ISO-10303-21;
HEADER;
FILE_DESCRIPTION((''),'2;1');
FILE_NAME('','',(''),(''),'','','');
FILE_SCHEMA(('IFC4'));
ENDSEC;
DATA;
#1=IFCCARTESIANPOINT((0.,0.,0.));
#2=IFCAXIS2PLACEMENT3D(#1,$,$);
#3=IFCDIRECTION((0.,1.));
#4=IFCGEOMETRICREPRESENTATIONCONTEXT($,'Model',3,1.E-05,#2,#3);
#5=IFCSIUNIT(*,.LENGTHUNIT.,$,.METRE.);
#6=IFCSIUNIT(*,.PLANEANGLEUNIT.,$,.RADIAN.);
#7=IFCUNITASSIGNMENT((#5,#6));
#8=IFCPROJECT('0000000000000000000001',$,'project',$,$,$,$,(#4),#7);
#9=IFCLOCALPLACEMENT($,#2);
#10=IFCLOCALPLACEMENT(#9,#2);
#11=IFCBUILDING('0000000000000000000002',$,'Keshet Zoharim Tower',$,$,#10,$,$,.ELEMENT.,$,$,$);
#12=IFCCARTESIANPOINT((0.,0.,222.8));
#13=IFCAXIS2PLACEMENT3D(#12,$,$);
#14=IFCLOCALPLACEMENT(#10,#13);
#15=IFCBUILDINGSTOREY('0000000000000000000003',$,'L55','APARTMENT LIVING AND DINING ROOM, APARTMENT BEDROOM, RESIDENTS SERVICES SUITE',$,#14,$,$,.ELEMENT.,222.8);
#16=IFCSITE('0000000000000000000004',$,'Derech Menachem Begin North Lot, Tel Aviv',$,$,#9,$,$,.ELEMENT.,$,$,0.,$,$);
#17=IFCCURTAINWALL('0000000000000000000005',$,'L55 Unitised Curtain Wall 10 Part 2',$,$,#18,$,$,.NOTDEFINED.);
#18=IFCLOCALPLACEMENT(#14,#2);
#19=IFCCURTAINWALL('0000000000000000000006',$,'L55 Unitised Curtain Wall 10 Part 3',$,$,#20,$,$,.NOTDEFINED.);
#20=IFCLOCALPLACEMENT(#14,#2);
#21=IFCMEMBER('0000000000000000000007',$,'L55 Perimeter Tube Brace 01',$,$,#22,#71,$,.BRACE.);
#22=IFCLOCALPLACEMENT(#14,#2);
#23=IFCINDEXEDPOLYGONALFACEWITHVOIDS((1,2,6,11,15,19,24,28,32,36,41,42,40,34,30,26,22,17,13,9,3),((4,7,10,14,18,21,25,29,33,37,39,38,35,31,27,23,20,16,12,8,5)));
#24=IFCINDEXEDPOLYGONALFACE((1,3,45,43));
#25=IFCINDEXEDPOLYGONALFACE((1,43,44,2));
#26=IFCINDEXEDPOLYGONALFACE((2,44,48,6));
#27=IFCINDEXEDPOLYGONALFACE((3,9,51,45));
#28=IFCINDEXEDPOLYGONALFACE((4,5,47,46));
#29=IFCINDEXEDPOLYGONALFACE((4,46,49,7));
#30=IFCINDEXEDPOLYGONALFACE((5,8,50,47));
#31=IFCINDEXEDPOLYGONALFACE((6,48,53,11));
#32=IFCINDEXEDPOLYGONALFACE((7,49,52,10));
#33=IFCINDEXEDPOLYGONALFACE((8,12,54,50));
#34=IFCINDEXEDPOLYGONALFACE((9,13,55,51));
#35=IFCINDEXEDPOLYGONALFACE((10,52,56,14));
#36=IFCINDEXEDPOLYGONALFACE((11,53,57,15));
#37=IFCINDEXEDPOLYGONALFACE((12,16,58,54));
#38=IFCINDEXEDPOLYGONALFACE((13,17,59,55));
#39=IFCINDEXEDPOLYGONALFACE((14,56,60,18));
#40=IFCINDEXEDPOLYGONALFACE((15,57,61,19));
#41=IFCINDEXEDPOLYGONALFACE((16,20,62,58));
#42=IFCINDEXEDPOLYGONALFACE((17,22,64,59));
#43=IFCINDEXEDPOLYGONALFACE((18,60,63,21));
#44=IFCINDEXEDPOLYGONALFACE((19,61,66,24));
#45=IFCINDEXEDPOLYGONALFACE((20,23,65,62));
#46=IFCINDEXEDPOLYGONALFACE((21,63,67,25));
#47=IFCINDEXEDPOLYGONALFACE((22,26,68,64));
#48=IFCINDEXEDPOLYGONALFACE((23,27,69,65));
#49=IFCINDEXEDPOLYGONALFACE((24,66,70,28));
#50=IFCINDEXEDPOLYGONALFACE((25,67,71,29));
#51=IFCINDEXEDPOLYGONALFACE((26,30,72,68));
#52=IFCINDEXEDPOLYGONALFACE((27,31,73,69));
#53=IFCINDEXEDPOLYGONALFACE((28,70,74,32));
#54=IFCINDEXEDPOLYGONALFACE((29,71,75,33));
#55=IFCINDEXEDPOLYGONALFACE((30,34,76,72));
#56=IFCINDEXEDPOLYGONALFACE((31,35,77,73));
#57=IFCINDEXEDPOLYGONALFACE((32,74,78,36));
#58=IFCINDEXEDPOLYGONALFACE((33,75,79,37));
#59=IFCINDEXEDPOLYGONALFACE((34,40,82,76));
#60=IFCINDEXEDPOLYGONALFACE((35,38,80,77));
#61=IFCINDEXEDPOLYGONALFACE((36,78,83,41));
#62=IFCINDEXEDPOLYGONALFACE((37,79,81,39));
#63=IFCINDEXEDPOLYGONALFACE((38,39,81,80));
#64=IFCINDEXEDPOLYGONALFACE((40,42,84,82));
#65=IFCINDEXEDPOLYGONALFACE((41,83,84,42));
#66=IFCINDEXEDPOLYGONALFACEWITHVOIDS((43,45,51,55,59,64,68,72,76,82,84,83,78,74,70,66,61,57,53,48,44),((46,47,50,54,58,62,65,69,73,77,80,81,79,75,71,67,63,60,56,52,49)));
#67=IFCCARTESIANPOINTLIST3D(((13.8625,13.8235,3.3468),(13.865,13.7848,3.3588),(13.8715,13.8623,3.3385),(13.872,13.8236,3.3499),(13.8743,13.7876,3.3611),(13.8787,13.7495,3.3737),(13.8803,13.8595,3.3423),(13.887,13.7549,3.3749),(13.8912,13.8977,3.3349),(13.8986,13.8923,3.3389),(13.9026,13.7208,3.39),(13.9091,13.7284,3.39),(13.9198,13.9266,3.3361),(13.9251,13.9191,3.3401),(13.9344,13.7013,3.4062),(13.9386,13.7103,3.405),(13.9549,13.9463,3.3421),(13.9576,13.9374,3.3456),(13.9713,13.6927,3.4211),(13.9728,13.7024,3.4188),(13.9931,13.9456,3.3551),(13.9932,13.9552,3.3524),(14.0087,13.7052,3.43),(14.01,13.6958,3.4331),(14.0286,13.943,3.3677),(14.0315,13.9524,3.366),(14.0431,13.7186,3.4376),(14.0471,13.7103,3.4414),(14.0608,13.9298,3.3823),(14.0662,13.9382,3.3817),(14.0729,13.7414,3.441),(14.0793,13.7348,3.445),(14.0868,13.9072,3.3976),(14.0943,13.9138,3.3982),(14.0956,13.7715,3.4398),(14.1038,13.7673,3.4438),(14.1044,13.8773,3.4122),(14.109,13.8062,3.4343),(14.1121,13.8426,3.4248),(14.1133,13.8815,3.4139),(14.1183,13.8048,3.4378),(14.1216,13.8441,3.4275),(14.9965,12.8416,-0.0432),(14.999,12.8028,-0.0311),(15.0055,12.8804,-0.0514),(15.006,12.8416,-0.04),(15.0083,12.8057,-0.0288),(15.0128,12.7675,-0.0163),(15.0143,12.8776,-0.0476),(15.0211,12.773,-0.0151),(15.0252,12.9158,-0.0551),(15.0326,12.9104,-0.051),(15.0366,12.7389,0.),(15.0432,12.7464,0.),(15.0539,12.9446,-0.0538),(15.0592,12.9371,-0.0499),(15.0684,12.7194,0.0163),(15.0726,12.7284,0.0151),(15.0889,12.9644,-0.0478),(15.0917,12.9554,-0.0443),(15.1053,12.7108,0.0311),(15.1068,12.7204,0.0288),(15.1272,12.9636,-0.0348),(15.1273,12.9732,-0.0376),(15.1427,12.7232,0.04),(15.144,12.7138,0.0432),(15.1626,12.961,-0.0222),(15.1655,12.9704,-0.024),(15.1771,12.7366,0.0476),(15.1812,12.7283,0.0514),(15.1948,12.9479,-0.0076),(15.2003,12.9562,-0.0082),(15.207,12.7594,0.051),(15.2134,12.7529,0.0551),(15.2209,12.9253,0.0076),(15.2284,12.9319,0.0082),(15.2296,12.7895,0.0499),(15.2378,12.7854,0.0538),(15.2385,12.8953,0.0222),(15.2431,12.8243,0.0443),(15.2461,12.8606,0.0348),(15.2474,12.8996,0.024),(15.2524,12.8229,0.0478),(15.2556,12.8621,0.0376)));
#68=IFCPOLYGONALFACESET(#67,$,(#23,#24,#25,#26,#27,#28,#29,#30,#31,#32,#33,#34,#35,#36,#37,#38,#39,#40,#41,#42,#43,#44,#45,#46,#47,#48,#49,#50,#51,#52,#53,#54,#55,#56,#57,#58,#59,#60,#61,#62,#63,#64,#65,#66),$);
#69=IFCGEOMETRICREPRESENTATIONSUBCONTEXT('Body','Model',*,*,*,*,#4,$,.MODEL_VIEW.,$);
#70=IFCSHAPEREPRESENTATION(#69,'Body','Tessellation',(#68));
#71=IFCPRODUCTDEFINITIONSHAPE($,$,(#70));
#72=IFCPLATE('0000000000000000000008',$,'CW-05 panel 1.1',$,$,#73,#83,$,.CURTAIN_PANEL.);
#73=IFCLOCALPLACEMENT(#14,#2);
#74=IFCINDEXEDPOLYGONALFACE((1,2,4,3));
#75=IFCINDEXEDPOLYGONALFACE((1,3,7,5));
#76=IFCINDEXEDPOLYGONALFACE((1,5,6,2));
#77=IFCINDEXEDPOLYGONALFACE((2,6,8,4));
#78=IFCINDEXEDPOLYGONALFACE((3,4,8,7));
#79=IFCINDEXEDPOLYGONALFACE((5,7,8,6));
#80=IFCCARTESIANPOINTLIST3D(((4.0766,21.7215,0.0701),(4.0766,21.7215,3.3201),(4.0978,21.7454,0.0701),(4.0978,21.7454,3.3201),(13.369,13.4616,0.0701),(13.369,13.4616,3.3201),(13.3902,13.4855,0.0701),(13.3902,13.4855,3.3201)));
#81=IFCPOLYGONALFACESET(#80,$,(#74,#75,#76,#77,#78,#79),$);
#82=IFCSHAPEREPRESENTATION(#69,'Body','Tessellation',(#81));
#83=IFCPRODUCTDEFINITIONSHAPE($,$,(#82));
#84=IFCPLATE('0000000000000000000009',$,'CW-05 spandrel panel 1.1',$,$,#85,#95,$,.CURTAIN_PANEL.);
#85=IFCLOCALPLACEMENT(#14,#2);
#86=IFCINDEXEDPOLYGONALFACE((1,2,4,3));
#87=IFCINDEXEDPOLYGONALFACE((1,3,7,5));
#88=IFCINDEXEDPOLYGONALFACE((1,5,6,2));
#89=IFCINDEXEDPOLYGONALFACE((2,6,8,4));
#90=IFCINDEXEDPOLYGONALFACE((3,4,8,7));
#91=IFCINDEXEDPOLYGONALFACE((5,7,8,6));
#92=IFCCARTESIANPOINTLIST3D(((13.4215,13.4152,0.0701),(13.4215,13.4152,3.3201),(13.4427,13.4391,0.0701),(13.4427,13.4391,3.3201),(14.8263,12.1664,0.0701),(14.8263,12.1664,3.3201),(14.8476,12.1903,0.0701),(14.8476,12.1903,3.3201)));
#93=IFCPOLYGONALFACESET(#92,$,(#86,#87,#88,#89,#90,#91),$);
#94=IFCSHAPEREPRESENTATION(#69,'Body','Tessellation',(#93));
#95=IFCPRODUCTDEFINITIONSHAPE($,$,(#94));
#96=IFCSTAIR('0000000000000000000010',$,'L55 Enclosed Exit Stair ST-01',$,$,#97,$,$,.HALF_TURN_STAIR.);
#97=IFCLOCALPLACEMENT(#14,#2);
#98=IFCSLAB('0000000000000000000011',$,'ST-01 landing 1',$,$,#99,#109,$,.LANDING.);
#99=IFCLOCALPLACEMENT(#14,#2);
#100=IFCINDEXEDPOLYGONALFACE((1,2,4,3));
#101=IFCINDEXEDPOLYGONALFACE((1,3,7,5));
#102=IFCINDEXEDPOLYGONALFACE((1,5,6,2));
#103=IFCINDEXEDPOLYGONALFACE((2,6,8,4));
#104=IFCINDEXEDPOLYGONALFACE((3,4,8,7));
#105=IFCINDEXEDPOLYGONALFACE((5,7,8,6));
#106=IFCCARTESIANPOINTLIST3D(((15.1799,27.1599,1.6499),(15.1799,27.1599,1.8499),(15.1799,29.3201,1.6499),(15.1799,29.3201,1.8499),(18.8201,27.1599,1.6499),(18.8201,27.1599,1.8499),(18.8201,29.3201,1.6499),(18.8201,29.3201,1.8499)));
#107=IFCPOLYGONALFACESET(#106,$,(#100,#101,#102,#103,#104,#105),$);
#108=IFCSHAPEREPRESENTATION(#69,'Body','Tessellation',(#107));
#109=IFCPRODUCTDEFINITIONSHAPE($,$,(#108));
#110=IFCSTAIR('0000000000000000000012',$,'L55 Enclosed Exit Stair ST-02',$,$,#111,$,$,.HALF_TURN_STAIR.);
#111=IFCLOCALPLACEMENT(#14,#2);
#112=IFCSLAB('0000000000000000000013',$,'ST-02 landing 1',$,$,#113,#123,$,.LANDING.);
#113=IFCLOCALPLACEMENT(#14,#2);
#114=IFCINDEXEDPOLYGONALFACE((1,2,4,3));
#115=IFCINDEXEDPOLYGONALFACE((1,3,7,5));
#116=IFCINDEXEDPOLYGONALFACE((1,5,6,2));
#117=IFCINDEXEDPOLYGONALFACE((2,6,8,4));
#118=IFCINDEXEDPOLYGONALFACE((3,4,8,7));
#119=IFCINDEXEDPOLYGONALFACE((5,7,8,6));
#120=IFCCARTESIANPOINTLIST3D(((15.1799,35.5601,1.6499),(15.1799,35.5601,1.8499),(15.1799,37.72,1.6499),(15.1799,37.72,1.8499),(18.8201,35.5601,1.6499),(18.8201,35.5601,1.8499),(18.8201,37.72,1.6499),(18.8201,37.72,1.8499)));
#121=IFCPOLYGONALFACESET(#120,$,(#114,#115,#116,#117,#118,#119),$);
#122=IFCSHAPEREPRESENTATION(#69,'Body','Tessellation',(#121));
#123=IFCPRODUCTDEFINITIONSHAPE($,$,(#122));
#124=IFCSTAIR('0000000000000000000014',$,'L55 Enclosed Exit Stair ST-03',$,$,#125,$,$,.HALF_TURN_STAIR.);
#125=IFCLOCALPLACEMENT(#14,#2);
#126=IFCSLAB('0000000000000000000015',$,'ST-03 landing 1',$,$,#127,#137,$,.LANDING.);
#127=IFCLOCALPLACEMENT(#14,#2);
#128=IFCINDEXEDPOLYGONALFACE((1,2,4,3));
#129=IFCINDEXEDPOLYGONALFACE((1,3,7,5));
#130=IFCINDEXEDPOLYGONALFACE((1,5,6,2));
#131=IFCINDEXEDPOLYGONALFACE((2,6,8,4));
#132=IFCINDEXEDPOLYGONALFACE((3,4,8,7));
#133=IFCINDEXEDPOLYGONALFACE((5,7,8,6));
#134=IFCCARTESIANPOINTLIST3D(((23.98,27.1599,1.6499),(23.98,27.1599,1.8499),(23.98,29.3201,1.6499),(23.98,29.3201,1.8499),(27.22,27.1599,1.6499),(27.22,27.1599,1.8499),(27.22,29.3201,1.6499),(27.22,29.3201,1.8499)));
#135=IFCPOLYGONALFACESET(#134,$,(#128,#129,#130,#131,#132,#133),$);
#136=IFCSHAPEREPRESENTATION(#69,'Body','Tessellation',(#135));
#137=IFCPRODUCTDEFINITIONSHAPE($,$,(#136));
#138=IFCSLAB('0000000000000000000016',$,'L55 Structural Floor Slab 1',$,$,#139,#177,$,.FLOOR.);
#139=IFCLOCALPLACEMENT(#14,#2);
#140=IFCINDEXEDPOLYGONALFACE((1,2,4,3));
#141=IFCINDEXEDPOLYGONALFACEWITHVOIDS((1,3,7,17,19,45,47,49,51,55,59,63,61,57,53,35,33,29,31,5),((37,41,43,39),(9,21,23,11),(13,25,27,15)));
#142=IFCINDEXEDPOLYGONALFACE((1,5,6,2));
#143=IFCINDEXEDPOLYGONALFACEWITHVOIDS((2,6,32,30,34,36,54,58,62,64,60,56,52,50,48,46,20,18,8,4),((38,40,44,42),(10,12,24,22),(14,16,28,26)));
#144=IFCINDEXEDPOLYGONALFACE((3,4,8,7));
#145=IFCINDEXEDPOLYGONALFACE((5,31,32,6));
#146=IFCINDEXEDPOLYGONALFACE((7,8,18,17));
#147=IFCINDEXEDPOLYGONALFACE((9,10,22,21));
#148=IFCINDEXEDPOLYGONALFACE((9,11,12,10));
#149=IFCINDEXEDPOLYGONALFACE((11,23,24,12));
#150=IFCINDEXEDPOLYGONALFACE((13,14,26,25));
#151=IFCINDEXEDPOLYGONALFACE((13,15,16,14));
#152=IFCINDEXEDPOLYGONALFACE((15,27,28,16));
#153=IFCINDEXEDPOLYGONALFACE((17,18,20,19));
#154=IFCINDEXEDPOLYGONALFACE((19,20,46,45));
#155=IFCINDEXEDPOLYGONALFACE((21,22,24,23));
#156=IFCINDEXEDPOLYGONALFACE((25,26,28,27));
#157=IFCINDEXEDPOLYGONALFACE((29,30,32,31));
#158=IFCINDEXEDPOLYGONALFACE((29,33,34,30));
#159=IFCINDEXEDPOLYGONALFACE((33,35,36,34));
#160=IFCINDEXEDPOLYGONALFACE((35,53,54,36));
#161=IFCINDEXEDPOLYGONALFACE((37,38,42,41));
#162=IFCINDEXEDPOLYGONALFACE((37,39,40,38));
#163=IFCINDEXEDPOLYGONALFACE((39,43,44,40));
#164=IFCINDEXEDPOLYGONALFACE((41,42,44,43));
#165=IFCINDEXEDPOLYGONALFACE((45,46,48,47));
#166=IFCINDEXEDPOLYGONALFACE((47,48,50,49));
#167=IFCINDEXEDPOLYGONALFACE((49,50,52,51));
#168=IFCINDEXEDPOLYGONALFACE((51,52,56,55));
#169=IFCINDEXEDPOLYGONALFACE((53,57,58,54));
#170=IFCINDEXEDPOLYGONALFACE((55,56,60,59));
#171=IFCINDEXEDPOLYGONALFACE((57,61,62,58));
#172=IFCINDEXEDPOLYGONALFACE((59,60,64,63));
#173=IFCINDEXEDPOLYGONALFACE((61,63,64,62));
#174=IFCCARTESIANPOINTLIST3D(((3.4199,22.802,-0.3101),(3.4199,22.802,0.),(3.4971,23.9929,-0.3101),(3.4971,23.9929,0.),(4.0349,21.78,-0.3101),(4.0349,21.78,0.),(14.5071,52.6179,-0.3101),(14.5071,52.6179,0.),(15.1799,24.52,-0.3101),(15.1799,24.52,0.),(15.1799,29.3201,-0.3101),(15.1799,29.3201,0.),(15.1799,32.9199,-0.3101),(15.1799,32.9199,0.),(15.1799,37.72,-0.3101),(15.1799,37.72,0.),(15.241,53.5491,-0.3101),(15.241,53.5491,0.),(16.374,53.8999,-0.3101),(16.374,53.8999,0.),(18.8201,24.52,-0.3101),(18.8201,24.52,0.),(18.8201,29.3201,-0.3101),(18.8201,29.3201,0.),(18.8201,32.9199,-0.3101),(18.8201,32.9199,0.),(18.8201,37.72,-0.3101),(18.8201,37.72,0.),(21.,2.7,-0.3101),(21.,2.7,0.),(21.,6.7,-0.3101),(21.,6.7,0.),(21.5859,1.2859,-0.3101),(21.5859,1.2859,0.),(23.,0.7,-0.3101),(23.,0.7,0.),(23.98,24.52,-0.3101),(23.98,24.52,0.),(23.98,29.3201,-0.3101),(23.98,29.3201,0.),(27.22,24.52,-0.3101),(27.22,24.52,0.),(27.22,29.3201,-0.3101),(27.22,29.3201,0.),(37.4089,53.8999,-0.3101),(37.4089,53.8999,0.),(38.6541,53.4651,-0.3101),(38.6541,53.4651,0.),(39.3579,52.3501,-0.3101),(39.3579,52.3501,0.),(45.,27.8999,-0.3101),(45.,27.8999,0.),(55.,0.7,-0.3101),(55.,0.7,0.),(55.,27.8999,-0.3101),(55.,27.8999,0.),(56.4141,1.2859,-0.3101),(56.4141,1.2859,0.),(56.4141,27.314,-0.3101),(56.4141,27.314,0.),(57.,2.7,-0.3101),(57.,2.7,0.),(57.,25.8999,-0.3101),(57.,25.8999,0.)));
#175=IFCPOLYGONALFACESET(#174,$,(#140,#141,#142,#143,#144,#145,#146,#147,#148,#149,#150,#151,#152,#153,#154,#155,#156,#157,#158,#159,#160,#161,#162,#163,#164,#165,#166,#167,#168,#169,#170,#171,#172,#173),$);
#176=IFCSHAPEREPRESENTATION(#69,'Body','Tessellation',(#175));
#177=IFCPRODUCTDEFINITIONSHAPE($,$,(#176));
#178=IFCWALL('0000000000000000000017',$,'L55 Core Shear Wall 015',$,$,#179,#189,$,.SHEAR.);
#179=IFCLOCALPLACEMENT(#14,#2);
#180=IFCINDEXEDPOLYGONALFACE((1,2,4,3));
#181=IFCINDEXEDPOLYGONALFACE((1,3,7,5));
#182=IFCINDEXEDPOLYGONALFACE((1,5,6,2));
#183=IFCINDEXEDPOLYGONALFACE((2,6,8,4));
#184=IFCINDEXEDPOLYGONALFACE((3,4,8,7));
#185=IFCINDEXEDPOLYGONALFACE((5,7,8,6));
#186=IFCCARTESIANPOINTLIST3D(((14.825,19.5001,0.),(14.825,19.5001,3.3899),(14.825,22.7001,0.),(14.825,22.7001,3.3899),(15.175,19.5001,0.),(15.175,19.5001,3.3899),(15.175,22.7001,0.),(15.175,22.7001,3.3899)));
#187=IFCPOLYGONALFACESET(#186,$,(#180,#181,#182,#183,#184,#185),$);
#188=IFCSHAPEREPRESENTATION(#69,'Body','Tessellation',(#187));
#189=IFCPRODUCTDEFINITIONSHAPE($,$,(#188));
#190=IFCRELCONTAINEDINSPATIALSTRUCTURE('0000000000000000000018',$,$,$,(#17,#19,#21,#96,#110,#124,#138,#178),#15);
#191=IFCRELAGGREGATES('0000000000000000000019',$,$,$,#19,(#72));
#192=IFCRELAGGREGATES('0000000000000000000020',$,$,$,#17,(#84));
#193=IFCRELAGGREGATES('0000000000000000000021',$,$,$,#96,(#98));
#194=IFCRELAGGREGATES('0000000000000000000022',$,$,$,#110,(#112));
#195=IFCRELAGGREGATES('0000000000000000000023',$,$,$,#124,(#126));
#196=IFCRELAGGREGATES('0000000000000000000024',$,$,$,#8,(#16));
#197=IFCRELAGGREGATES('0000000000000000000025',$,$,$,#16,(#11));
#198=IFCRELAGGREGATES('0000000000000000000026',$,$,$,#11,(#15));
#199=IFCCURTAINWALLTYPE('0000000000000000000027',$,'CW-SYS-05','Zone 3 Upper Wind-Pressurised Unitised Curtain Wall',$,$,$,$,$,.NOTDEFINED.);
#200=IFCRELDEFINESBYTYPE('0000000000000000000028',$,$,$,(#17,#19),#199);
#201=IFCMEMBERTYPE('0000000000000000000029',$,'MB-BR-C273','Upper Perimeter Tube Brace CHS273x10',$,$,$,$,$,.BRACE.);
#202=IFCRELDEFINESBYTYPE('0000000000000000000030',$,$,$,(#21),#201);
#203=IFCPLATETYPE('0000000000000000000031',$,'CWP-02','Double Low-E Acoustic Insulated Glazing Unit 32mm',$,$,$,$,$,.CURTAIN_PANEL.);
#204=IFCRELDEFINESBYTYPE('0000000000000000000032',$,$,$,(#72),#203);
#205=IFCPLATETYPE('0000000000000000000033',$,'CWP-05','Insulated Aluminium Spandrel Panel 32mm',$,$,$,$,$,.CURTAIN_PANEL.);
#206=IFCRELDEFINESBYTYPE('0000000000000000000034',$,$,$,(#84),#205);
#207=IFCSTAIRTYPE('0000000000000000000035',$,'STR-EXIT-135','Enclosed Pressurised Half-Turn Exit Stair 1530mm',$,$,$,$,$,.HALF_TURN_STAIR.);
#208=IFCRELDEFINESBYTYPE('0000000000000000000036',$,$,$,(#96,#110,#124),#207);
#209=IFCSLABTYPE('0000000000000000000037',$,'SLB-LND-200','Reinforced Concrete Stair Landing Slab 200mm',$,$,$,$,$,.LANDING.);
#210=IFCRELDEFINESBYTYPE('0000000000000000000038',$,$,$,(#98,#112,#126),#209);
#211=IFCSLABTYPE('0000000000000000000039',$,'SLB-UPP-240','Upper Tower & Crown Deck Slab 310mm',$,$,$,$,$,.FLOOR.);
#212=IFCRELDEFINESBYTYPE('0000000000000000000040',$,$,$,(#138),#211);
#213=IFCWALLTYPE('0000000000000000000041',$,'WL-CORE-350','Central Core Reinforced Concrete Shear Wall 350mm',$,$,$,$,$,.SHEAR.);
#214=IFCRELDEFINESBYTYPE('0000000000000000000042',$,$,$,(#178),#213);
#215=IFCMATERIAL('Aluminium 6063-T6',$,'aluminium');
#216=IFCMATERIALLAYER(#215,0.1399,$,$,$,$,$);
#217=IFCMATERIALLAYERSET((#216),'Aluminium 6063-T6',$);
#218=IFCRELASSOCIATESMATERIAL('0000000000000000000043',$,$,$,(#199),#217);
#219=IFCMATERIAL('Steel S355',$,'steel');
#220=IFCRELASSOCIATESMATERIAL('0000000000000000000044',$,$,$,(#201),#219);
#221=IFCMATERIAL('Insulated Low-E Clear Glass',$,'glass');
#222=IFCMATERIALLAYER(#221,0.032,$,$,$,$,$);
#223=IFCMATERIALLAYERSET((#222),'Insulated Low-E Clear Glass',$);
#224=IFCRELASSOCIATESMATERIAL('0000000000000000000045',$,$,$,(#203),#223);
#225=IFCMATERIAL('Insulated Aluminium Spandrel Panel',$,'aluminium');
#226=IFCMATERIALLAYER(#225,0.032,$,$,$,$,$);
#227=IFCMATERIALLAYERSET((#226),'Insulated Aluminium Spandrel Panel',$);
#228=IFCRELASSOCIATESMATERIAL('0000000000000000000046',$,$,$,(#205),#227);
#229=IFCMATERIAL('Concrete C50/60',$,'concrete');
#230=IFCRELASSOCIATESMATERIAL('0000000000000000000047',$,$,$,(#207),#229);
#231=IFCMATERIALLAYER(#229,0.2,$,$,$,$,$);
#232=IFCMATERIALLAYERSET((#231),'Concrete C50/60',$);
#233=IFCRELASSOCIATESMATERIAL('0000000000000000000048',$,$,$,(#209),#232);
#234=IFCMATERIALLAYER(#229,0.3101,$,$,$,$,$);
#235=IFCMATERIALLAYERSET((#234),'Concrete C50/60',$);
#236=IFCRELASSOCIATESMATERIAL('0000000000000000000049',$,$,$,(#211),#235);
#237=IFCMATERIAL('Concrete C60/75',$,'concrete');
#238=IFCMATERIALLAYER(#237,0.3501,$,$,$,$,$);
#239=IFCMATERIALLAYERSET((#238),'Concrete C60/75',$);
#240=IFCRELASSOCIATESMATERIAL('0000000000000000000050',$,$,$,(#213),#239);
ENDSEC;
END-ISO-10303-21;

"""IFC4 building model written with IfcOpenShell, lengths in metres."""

from ifc_helpers import new_model, si_unit, direction, frame, frame_2d, origin, origin_2d, place, context, subcontext, project, spatial, polyline, rectangle, hollow_circle, outline, extrude, material, layer, layer_set, material_profile, profile_set, type_object, element, aggregate, save


model = new_model("IFC4")

# Units and contexts
model_context = context("Model", 3, precision=1e-05, world=origin(), true_north=direction((0.0, 1.0)))
body_context = subcontext(model_context, "Body", "Model", "MODEL_VIEW")
ifc_project = project(units=[si_unit("LENGTHUNIT", "METRE"), si_unit("PLANEANGLEUNIT", "RADIAN")], contexts=[model_context])

# Site, building, storey
site_placement = place(None, origin())
site = spatial("IfcSite", under=ifc_project, at=site_placement, Name="Derech Menachem Begin North Lot, Tel Aviv", CompositionType="ELEMENT", RefElevation=0.0)
building_placement = place(site_placement, origin())
building = spatial("IfcBuilding", under=site, at=building_placement, Name="Keshet Zoharim Tower", CompositionType="ELEMENT")
storey_placement = place(building_placement, frame((0.0, 0.0, 222.8)))
storey = spatial("IfcBuildingStorey", under=building, at=storey_placement, Name="L55", Description="APARTMENT LIVING AND DINING ROOM, APARTMENT BEDROOM, RESIDENTS SERVICES SUITE", CompositionType="ELEMENT", Elevation=222.8)

# Shared definitions
ifc_material_1 = material(Name="Steel S355", Category="steel")
ifc_material_2 = material(Name="Concrete C50/60", Category="concrete")

# Shared definitions
ifc_material_3 = material(Name="Aluminium 6063-T6", Category="aluminium")
ifc_layer_1 = layer(ifc_material_3, 0.1399)
ifc_layer_set_1 = layer_set([ifc_layer_1], Name="Aluminium 6063-T6")
curtain_wall_type = type_object("IfcCurtainWallType", Name="CW-SYS-05", Description="Zone 3 Upper Wind-Pressurised Unitised Curtain Wall", PredefinedType="NOTDEFINED", material=ifc_layer_set_1)

# Curtain walls
curtain_wall_1_placement = place(storey_placement, origin())
curtain_wall_1 = element("IfcCurtainWall", 1, at=curtain_wall_1_placement, inside=storey, type_object=curtain_wall_type, Name="L55 Unitised Curtain Wall 10 Part 2", PredefinedType="NOTDEFINED")
curtain_wall_2_placement = place(storey_placement, origin())
curtain_wall_2 = element("IfcCurtainWall", 2, at=curtain_wall_2_placement, inside=storey, type_object=curtain_wall_type, Name="L55 Unitised Curtain Wall 10 Part 3", PredefinedType="NOTDEFINED")

# Member
ifc_material_profile_1 = material_profile(ifc_material_1, hollow_circle(Radius=0.1365, WallThickness=0.01, at=origin_2d()), Name="CHS273x10")
ifc_profile_set_1 = profile_set([ifc_material_profile_1], Name="Steel S355")
member_type_1 = type_object("IfcMemberType", Name="MB-BR-C273", Description="Upper Perimeter Tube Brace CHS273x10", PredefinedType="BRACE", material=ifc_profile_set_1)
member_1_placement = place(storey_placement, frame((15.126, 12.842, 0.0), z_axis=(-0.30592, 0.264889, 0.914466), x_axis=(-0.65459, -0.755984, 0.0)))
element("IfcMember", 3, at=member_1_placement, inside=storey, type_object=member_type_1, Name="L55 Perimeter Tube Brace 01", PredefinedType="BRACE", context=body_context, shape_type="SweptSolid", body=[
    extrude(hollow_circle(Radius=0.1365, WallThickness=0.01, at=origin_2d()), origin(), (0.0, 0.0, 1.0), 3.707),
])

# Plates
ifc_material_4 = material(Name="Insulated Low-E Clear Glass", Category="glass")
ifc_layer_2 = layer(ifc_material_4, 0.032)
ifc_layer_set_2 = layer_set([ifc_layer_2], Name="Insulated Low-E Clear Glass")
plate_type_1 = type_object("IfcPlateType", Name="CWP-02", Description="Double Low-E Acoustic Insulated Glazing Unit 32mm", PredefinedType="CURTAIN_PANEL", material=ifc_layer_set_2)
plate_1_placement = place(storey_placement, frame((8.7334, 17.6035, 0.0701), z_axis=(0.0, 0.0, 1.0), x_axis=(-0.747409, 0.664364, 0.0)))
plate_1 = element("IfcPlate", 4, at=plate_1_placement, type_object=plate_type_1, Name="CW-05 panel 1.1", PredefinedType="CURTAIN_PANEL", context=body_context, shape_type="SweptSolid", body=[
    extrude(rectangle(XDim=12.4329, YDim=0.032, at=origin_2d()), origin(), (0.0, 0.0, 1.0), 3.25),
])
aggregate(curtain_wall_2, [plate_1])
ifc_material_5 = material(Name="Insulated Aluminium Spandrel Panel", Category="aluminium")
ifc_layer_3 = layer(ifc_material_5, 0.032)
ifc_layer_set_3 = layer_set([ifc_layer_3], Name="Insulated Aluminium Spandrel Panel")
plate_type_2 = type_object("IfcPlateType", Name="CWP-05", Description="Insulated Aluminium Spandrel Panel 32mm", PredefinedType="CURTAIN_PANEL", material=ifc_layer_set_3)
plate_2_placement = place(storey_placement, frame((14.1345, 12.8027, 0.0701), z_axis=(0.0, 0.0, 1.0), x_axis=(-0.747406, 0.664367, 0.0)))
plate_2 = element("IfcPlate", 5, at=plate_2_placement, type_object=plate_type_2, Name="CW-05 spandrel panel 1.1", PredefinedType="CURTAIN_PANEL", context=body_context, shape_type="SweptSolid", body=[
    extrude(rectangle(XDim=1.8796, YDim=0.032, at=origin_2d()), origin(), (0.0, 0.0, 1.0), 3.25),
])
aggregate(curtain_wall_1, [plate_2])

# Stairs, slabs
stair_type = type_object("IfcStairType", Name="STR-EXIT-135", Description="Enclosed Pressurised Half-Turn Exit Stair 1530mm", PredefinedType="HALF_TURN_STAIR", material=ifc_material_2)
stair_1_placement = place(storey_placement, origin())
stair_1 = element("IfcStair", 6, at=stair_1_placement, inside=storey, type_object=stair_type, Name="L55 Enclosed Exit Stair ST-01", PredefinedType="HALF_TURN_STAIR")
ifc_layer_4 = layer(ifc_material_2, 0.2)
ifc_layer_set_4 = layer_set([ifc_layer_4], Name="Concrete C50/60")
slab_type_1 = type_object("IfcSlabType", Name="SLB-LND-200", Description="Reinforced Concrete Stair Landing Slab 200mm", PredefinedType="LANDING", material=ifc_layer_set_4)
slab_1_placement = place(storey_placement, frame((0.0, 0.0, 1.6499)))
slab_1 = element("IfcSlab", 7, at=slab_1_placement, type_object=slab_type_1, Name="ST-01 landing 1", PredefinedType="LANDING", context=body_context, shape_type="SweptSolid", body=[
    extrude(outline(polyline([(15.1799, 27.1599), (18.8201, 27.1599), (18.8201, 29.3201), (15.1799, 29.3201), (15.1799, 27.1599)])), origin(), (0.0, 0.0, 1.0), 0.2),
])
aggregate(stair_1, [slab_1])
stair_2_placement = place(storey_placement, origin())
stair_2 = element("IfcStair", 8, at=stair_2_placement, inside=storey, type_object=stair_type, Name="L55 Enclosed Exit Stair ST-02", PredefinedType="HALF_TURN_STAIR")
slab_2_placement = place(storey_placement, frame((0.0, 0.0, 1.6499)))
slab_2 = element("IfcSlab", 9, at=slab_2_placement, type_object=slab_type_1, Name="ST-02 landing 1", PredefinedType="LANDING", context=body_context, shape_type="SweptSolid", body=[
    extrude(outline(polyline([(15.1799, 35.5601), (18.8201, 35.5601), (18.8201, 37.72), (15.1799, 37.72), (15.1799, 35.5601)])), origin(), (0.0, 0.0, 1.0), 0.2),
])
aggregate(stair_2, [slab_2])
stair_3_placement = place(storey_placement, origin())
stair_3 = element("IfcStair", 10, at=stair_3_placement, inside=storey, type_object=stair_type, Name="L55 Enclosed Exit Stair ST-03", PredefinedType="HALF_TURN_STAIR")
slab_3_placement = place(storey_placement, frame((0.0, 0.0, 1.6499)))
slab_3 = element("IfcSlab", 11, at=slab_3_placement, type_object=slab_type_1, Name="ST-03 landing 1", PredefinedType="LANDING", context=body_context, shape_type="SweptSolid", body=[
    extrude(outline(polyline([(23.98, 27.1599), (27.22, 27.1599), (27.22, 29.3201), (23.98, 29.3201), (23.98, 27.1599)])), origin(), (0.0, 0.0, 1.0), 0.2),
])
aggregate(stair_3, [slab_3])

# Slab
ifc_layer_5 = layer(ifc_material_2, 0.3101)
ifc_layer_set_5 = layer_set([ifc_layer_5], Name="Concrete C50/60")
slab_type_2 = type_object("IfcSlabType", Name="SLB-UPP-240", Description="Upper Tower & Crown Deck Slab 310mm", PredefinedType="FLOOR", material=ifc_layer_set_5)
slab_4_placement = place(storey_placement, frame((0.0, 0.0, -0.3101)))
element("IfcSlab", 12, at=slab_4_placement, inside=storey, type_object=slab_type_2, Name="L55 Structural Floor Slab 1", PredefinedType="FLOOR", context=body_context, shape_type="SweptSolid", body=[
    extrude(outline(polyline([(55.0, 27.8999), (56.4141, 27.314), (57.0, 25.8999), (57.0, 2.7), (56.4141, 1.2859), (55.0, 0.7), (23.0, 0.7), (21.5859, 1.2859), (21.0, 2.7), (21.0, 6.7), (4.0349, 21.78), (3.4199, 22.802), (3.4971, 23.9929), (14.5071, 52.6179), (15.241, 53.5491), (16.374, 53.8999), (37.4089, 53.8999), (38.6541, 53.4651), (39.3579, 52.3501), (45.0, 27.8999), (55.0, 27.8999)]), holes=[polyline([(15.1799, 24.52), (18.8201, 24.52), (18.8201, 29.3201), (15.1799, 29.3201), (15.1799, 24.52)]), polyline([(15.1799, 32.9199), (18.8201, 32.9199), (18.8201, 37.72), (15.1799, 37.72), (15.1799, 32.9199)]), polyline([(23.98, 24.52), (27.22, 24.52), (27.22, 29.3201), (23.98, 29.3201), (23.98, 24.52)])]), origin(), (0.0, 0.0, 1.0), 0.3101),
])

# Wall
ifc_material_6 = material(Name="Concrete C60/75", Category="concrete")
ifc_layer_6 = layer(ifc_material_6, 0.3501)
ifc_layer_set_6 = layer_set([ifc_layer_6], Name="Concrete C60/75")
wall_type_1 = type_object("IfcWallType", Name="WL-CORE-350", Description="Central Core Reinforced Concrete Shear Wall 350mm", PredefinedType="SHEAR", material=ifc_layer_set_6)
wall_1_placement = place(storey_placement, frame((15.0, 19.5, 0.0), z_axis=(0.0, 0.0, 1.0), x_axis=(0.0, 1.0, 0.0)))
element("IfcWall", 13, at=wall_1_placement, inside=storey, type_object=wall_type_1, Name="L55 Core Shear Wall 015", PredefinedType="SHEAR", context=body_context, shape_type="SweptSolid", body=[
    extrude(rectangle(XDim=3.2, YDim=0.3501, at=frame_2d((1.6001, 0.0))), origin(), (0.0, 0.0, 1.0), 3.3899),
])

save(model, "model.ifc")
